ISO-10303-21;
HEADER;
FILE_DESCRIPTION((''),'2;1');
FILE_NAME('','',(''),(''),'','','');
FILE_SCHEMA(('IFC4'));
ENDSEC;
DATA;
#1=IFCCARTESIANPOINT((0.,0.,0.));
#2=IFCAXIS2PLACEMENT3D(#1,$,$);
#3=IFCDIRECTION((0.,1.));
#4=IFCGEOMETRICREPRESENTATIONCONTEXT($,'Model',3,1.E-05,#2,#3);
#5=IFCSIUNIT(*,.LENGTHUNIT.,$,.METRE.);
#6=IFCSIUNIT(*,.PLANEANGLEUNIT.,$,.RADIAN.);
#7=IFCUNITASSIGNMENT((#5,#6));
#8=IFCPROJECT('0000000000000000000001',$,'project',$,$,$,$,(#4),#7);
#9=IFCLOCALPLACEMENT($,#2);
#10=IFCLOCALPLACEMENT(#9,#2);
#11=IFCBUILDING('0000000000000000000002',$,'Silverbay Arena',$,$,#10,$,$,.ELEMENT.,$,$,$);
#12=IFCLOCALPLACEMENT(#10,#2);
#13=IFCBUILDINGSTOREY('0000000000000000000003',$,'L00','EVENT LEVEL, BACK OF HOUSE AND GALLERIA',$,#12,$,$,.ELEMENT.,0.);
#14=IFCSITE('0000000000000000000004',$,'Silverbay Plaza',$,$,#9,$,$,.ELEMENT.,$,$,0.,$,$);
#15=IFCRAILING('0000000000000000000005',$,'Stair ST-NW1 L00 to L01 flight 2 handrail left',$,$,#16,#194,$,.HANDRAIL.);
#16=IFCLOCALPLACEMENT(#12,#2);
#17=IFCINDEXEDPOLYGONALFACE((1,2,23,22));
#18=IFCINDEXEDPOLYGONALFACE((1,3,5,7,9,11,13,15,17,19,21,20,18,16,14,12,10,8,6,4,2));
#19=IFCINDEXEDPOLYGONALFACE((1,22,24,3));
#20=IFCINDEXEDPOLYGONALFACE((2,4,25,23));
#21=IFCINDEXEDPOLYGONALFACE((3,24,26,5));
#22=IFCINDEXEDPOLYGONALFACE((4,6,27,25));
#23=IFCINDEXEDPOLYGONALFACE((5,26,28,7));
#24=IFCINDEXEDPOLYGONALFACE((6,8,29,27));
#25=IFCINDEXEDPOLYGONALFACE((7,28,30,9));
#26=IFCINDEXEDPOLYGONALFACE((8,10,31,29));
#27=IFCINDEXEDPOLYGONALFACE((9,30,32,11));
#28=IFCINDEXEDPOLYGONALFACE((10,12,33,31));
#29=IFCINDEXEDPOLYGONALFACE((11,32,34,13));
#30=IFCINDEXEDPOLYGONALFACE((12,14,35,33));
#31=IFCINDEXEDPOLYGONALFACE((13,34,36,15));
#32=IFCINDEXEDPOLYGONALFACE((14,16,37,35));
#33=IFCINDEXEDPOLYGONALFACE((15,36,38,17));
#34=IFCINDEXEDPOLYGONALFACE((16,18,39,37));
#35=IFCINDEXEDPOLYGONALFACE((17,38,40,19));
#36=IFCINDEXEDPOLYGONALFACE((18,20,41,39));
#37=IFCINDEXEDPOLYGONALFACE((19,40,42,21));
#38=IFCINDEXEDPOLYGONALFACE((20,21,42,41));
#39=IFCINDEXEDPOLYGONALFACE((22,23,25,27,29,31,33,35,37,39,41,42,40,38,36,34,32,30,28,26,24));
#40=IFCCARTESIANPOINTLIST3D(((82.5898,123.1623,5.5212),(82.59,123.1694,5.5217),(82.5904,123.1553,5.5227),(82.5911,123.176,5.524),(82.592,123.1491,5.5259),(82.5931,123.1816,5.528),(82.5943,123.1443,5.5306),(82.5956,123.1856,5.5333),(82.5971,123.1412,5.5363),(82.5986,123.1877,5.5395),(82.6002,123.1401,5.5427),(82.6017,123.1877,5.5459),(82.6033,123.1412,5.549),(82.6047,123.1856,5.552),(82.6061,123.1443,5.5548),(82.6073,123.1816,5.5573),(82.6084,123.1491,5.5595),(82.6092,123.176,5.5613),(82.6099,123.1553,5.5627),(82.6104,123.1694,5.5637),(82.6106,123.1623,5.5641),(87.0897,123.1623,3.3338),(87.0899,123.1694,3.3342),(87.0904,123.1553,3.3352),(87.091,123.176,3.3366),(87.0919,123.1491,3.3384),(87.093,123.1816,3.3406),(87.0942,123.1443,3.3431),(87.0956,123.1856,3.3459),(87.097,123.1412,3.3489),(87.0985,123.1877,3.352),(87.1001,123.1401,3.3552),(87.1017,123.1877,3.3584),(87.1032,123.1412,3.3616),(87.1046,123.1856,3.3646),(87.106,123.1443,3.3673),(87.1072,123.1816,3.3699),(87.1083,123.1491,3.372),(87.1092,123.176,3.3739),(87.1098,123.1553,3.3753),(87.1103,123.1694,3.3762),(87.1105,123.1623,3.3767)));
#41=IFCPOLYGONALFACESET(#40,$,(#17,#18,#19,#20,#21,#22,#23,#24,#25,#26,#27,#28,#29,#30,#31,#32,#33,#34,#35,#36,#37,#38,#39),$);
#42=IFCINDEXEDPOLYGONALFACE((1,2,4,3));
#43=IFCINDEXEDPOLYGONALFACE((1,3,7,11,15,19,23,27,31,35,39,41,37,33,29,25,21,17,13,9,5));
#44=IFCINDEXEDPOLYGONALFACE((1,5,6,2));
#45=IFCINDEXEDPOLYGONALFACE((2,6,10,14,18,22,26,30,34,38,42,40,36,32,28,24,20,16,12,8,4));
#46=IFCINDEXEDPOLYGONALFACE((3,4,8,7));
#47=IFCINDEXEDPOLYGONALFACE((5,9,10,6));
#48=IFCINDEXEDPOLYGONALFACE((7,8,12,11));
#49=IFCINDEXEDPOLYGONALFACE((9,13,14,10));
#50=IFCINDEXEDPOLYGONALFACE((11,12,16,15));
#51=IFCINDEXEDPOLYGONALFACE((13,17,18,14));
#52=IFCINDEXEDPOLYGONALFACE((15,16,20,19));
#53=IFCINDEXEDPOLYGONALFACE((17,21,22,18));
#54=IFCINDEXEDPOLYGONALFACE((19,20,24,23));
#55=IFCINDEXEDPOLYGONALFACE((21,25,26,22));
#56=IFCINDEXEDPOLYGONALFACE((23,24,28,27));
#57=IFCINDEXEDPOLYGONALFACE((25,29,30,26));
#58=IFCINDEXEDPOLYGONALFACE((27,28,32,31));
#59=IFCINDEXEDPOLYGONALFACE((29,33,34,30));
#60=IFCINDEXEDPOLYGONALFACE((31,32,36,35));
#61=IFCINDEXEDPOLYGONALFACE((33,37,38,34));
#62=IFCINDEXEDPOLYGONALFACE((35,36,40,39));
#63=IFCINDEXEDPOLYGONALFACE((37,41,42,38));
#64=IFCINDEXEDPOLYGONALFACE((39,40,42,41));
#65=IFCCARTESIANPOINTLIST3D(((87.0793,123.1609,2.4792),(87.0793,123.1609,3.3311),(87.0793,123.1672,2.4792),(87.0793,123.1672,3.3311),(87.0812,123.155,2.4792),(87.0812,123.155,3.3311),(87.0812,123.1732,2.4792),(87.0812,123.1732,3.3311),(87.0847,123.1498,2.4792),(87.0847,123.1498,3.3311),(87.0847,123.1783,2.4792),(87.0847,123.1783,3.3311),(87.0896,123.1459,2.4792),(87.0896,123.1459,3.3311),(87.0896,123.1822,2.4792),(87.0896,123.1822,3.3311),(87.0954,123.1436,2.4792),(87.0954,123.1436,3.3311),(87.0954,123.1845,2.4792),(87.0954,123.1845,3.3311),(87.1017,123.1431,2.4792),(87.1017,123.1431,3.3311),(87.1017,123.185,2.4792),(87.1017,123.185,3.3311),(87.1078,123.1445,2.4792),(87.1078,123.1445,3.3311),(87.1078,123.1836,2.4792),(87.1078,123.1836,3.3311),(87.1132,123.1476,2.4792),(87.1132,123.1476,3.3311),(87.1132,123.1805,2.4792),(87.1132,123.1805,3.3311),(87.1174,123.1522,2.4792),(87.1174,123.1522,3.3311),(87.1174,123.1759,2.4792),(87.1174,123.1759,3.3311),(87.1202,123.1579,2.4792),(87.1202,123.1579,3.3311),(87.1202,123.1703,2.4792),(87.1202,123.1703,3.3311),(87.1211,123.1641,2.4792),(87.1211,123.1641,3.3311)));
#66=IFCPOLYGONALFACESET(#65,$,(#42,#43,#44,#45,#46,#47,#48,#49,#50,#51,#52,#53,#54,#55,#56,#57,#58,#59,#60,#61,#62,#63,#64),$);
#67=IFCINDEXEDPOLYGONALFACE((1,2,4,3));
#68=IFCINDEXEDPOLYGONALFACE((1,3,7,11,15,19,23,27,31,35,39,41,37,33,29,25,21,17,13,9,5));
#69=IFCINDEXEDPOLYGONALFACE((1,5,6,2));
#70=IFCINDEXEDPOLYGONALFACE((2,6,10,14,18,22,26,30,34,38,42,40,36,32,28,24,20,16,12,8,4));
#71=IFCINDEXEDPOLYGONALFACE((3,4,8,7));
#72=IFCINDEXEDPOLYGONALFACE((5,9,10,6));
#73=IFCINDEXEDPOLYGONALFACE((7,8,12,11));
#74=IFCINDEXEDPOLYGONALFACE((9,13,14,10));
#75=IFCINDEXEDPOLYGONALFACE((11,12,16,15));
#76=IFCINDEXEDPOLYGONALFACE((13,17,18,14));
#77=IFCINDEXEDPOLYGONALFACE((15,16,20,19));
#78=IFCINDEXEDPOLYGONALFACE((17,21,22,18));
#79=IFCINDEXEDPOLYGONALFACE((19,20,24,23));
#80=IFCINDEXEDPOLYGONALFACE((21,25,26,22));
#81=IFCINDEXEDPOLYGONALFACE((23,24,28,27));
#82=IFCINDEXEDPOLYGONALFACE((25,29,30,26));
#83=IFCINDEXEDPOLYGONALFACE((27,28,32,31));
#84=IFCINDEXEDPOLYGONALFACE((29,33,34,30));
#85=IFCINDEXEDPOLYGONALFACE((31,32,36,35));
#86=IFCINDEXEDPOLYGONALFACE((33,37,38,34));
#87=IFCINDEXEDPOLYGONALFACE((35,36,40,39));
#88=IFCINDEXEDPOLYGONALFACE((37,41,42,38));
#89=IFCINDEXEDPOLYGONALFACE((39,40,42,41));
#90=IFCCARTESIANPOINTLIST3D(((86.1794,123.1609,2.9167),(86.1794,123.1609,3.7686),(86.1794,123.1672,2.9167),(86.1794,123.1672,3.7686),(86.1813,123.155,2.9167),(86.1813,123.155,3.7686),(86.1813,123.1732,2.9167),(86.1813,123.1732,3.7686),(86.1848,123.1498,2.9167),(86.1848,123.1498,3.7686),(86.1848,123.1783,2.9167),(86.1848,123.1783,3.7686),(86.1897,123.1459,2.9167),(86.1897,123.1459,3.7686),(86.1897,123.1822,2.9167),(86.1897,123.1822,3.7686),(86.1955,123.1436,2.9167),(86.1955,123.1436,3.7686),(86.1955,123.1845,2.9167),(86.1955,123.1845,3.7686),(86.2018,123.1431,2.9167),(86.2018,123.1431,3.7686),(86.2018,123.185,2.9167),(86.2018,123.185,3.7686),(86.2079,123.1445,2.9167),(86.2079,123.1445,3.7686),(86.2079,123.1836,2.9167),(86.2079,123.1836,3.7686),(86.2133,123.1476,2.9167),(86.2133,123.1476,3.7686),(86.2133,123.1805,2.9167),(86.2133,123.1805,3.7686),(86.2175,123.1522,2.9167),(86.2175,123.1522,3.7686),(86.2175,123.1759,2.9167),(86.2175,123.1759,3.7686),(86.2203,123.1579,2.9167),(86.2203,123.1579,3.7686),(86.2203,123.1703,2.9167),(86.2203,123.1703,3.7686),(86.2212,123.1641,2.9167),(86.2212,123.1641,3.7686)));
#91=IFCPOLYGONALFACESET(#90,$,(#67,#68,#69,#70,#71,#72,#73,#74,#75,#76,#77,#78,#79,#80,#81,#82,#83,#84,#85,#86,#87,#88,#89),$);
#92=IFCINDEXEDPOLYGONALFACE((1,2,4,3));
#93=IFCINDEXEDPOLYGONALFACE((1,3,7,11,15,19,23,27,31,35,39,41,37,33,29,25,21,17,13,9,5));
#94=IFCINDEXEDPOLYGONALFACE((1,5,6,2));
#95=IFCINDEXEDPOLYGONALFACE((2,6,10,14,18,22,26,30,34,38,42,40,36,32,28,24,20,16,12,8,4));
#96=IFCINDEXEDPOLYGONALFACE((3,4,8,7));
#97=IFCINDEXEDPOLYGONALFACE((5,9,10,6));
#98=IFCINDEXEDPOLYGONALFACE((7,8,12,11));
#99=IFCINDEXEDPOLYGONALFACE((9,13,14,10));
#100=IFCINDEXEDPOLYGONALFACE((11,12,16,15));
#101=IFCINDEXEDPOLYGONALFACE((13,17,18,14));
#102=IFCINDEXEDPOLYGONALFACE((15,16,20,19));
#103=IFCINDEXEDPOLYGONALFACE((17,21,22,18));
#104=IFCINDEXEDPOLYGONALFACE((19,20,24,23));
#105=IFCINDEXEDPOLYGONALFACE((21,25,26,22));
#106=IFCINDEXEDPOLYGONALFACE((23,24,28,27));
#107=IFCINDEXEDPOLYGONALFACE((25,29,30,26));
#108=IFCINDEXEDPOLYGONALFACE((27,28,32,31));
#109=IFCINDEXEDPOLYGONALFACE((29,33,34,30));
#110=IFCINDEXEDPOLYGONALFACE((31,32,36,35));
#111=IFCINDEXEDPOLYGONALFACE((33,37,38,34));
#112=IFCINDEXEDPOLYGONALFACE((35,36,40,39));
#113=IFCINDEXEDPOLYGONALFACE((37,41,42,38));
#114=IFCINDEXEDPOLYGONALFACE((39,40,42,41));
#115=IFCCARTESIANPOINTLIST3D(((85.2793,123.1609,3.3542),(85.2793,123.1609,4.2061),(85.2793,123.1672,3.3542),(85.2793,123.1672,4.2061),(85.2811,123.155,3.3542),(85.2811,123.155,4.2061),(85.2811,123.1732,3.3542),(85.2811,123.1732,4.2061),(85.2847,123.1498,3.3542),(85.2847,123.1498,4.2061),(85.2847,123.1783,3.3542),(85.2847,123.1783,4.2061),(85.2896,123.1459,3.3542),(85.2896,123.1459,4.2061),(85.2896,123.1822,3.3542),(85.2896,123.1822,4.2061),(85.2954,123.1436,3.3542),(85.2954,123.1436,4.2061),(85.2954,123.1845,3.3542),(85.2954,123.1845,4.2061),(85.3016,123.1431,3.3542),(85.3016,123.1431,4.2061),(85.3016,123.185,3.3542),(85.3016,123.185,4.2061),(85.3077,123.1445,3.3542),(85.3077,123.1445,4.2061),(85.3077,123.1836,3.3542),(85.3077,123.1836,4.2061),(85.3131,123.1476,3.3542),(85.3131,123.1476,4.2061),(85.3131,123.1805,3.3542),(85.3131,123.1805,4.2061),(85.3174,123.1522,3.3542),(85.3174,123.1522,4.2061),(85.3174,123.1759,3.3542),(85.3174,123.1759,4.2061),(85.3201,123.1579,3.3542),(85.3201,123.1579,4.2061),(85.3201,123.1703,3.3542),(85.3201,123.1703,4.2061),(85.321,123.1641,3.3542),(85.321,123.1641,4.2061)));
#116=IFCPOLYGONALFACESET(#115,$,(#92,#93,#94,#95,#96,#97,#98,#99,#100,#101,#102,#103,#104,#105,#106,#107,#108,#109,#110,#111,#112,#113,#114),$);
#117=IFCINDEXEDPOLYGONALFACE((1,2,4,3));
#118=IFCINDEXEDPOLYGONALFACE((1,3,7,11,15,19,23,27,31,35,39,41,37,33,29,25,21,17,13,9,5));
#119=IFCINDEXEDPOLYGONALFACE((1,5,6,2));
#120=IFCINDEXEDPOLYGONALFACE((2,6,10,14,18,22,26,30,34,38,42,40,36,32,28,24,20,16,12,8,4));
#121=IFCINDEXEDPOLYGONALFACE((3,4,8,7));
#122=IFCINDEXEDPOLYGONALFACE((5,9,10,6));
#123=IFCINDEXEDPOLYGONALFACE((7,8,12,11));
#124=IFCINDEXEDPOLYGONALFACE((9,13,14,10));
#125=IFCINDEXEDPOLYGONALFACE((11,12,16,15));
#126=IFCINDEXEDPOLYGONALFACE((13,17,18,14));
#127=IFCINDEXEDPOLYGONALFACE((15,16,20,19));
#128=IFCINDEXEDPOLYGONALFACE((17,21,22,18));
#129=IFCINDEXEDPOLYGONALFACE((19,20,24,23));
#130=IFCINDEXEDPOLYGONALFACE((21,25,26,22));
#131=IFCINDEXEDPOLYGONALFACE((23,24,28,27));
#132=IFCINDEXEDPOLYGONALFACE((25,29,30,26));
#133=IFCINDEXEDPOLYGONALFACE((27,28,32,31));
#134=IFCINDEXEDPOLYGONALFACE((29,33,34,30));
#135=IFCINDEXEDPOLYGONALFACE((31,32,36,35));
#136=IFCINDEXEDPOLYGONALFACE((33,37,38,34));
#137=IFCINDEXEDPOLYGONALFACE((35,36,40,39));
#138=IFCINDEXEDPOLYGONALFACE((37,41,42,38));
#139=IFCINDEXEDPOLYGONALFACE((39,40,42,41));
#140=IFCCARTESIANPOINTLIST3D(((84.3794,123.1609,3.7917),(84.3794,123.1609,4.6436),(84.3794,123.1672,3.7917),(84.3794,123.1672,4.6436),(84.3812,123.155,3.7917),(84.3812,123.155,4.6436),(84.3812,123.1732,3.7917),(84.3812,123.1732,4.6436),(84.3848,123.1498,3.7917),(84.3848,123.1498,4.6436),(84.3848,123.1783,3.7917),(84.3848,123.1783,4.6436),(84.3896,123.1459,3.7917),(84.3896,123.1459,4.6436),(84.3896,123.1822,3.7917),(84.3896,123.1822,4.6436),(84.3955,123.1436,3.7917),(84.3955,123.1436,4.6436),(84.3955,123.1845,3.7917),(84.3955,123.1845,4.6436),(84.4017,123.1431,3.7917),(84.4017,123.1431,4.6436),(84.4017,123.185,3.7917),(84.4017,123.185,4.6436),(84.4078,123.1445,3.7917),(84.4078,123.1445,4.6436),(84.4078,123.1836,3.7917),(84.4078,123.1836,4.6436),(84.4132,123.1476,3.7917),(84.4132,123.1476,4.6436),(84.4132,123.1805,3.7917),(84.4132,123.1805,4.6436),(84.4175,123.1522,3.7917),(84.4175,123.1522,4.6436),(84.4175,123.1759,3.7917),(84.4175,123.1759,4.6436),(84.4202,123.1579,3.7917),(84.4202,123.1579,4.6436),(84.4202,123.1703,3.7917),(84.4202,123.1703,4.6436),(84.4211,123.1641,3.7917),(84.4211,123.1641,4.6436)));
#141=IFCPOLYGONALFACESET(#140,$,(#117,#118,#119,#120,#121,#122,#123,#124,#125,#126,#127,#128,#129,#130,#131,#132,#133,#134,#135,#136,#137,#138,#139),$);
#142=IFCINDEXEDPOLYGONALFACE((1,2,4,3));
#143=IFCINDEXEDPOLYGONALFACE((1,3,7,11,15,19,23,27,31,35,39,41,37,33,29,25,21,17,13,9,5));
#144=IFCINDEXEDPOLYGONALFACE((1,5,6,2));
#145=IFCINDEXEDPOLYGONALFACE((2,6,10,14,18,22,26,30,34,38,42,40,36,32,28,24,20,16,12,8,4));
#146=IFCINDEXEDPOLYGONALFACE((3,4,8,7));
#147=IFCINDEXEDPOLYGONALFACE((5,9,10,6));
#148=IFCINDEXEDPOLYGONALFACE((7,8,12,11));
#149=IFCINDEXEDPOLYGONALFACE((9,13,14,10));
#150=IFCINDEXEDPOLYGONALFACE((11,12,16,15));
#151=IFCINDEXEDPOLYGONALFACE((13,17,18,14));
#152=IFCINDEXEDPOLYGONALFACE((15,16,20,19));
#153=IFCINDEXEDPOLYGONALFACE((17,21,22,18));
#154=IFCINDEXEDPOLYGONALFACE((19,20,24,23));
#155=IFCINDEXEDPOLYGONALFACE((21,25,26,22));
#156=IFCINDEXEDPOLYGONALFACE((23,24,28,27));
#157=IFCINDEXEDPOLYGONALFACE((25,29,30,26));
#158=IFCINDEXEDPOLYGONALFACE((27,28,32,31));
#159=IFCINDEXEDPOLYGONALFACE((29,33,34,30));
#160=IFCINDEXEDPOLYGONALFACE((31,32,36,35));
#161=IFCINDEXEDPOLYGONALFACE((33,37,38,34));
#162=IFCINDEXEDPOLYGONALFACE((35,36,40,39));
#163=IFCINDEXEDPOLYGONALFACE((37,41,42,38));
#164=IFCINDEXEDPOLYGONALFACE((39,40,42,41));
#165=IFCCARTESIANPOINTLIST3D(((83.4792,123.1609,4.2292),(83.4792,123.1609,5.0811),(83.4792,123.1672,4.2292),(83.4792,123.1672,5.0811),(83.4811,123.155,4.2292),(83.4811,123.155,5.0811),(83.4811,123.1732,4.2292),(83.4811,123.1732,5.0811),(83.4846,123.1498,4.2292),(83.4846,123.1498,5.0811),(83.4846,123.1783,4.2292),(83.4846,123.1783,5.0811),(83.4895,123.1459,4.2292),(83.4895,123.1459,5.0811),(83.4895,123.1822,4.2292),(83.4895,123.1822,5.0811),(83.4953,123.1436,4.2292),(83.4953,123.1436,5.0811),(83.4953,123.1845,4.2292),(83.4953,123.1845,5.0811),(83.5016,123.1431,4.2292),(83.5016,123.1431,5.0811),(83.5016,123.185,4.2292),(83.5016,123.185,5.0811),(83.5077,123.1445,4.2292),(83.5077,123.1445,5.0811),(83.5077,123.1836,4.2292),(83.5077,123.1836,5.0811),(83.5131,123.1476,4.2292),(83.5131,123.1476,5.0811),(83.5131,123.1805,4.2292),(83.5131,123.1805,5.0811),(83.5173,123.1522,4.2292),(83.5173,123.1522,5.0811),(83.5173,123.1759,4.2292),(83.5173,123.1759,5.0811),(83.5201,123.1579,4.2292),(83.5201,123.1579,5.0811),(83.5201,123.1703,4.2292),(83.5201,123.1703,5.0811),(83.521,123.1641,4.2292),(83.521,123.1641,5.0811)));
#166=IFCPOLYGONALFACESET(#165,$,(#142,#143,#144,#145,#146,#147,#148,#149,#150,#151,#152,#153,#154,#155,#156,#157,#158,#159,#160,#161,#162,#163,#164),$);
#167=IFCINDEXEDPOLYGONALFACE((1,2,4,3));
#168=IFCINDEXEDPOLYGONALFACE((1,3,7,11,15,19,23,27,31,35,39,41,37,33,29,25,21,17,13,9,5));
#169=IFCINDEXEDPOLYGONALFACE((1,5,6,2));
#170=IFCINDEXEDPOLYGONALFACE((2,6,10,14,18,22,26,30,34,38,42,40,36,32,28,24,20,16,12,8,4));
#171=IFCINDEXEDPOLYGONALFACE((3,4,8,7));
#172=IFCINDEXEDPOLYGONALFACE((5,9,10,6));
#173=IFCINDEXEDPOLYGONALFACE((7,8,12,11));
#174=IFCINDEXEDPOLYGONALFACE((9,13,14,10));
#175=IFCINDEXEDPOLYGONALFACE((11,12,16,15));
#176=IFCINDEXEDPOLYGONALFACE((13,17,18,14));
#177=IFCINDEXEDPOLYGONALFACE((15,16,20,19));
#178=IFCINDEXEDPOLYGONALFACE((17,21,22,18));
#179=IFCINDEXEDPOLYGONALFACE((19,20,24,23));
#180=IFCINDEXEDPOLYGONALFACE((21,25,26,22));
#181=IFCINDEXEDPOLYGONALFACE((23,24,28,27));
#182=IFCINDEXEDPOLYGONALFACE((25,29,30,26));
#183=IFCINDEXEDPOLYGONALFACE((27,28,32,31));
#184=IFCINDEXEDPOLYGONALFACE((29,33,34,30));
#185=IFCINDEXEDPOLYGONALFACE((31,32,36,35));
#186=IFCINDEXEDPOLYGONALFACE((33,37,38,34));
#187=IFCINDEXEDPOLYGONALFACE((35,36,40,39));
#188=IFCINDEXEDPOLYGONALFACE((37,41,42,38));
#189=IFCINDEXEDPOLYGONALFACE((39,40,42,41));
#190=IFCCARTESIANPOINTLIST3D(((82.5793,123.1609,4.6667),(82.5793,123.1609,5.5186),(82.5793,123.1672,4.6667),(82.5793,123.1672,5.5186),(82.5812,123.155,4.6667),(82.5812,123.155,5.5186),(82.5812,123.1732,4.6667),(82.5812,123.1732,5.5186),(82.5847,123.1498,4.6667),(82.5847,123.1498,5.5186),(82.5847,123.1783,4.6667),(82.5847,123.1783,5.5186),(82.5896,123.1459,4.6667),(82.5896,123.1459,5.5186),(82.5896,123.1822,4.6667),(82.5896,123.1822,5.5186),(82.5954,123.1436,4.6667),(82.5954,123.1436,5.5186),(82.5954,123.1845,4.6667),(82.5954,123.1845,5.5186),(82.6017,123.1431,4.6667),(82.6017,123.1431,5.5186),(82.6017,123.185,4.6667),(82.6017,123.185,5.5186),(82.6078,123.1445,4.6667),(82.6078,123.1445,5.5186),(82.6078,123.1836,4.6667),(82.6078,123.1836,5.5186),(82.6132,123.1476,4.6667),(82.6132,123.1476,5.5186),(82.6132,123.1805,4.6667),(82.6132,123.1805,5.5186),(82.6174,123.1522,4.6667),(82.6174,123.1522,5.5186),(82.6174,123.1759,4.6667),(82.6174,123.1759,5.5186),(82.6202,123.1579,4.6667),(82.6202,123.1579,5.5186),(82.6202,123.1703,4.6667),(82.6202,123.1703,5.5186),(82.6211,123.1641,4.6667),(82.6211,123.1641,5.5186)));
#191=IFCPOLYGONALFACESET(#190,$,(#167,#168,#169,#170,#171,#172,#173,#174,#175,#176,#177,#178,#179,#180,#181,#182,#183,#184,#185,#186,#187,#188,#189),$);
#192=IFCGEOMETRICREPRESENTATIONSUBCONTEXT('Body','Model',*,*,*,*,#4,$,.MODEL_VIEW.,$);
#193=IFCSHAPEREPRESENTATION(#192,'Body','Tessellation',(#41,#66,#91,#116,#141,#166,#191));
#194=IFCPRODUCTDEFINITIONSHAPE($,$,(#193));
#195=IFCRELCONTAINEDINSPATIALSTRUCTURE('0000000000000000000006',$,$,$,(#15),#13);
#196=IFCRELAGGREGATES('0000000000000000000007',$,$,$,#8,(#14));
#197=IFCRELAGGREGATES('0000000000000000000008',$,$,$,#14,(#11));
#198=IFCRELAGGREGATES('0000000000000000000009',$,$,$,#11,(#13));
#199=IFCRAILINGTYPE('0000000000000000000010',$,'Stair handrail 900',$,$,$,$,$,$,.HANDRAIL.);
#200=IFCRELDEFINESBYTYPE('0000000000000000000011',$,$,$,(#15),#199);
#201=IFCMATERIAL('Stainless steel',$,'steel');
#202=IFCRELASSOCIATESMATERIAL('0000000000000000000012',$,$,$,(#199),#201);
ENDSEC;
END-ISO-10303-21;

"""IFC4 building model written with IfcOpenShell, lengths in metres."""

from ifc_helpers import new_model, si_unit, direction, frame, origin, origin_2d, place, context, subcontext, project, spatial, circle, extrude, material, type_object, element, save


model = new_model("IFC4")

# Units and contexts
model_context = context("Model", 3, precision=1e-05, world=origin(), true_north=direction((0.0, 1.0)))
body_context = subcontext(model_context, "Body", "Model", "MODEL_VIEW")
ifc_project = project(units=[si_unit("LENGTHUNIT", "METRE"), si_unit("PLANEANGLEUNIT", "RADIAN")], contexts=[model_context])

# Site, building, storey
site_placement = place(None, origin())
site = spatial("IfcSite", under=ifc_project, at=site_placement, Name="Silverbay Plaza", CompositionType="ELEMENT", RefElevation=0.0)
building_placement = place(site_placement, origin())
building = spatial("IfcBuilding", under=site, at=building_placement, Name="Silverbay Arena", CompositionType="ELEMENT")
storey_placement = place(building_placement, origin())
storey = spatial("IfcBuildingStorey", under=building, at=storey_placement, Name="L00", Description="EVENT LEVEL, BACK OF HOUSE AND GALLERIA", CompositionType="ELEMENT", Elevation=0.0)

# Railing
ifc_material_1 = material(Name="Stainless steel", Category="steel")
railing_type_1 = type_object("IfcRailingType", Name="Stair handrail 900", PredefinedType="HANDRAIL", material=ifc_material_1)
for number, where, name in (
    (1, (87.1001, 123.1641, 2.4792), "Stair ST-NW1 L00 to L01 flight 2 handrail left"),
):
    element("IfcRailing", number, at=place(storey_placement, frame(where)), inside=storey, type_object=railing_type_1, Name=name, PredefinedType="HANDRAIL", context=body_context, shape_type="SweptSolid", body=[
        extrude(circle(Radius=0.0239, at=origin_2d()), frame((0.0, 0.0, 0.876), z_axis=(-0.899368, 0.0, 0.437193), x_axis=(0.0, -1.0, 0.0)), (0.0, 0.0, 1.0), 5.0034),
        extrude(circle(Radius=0.021, at=origin_2d()), origin(), (0.0, 0.0, 1.0), 0.8518),
        extrude(circle(Radius=0.021, at=origin_2d()), frame((-0.8999, 0.0, 0.4375)), (0.0, 0.0, 1.0), 0.8518),
        extrude(circle(Radius=0.021, at=origin_2d()), frame((-1.8, 0.0, 0.875)), (0.0, 0.0, 1.0), 0.8518),
        extrude(circle(Radius=0.021, at=origin_2d()), frame((-2.7, 0.0, 1.3125)), (0.0, 0.0, 1.0), 0.8518),
        extrude(circle(Radius=0.021, at=origin_2d()), frame((-3.6001, 0.0, 1.75)), (0.0, 0.0, 1.0), 0.8518),
        extrude(circle(Radius=0.021, at=origin_2d()), frame((-4.5, 0.0, 2.1875)), (0.0, 0.0, 1.0), 0.8518),
    ])

save(model, "model.ifc")
